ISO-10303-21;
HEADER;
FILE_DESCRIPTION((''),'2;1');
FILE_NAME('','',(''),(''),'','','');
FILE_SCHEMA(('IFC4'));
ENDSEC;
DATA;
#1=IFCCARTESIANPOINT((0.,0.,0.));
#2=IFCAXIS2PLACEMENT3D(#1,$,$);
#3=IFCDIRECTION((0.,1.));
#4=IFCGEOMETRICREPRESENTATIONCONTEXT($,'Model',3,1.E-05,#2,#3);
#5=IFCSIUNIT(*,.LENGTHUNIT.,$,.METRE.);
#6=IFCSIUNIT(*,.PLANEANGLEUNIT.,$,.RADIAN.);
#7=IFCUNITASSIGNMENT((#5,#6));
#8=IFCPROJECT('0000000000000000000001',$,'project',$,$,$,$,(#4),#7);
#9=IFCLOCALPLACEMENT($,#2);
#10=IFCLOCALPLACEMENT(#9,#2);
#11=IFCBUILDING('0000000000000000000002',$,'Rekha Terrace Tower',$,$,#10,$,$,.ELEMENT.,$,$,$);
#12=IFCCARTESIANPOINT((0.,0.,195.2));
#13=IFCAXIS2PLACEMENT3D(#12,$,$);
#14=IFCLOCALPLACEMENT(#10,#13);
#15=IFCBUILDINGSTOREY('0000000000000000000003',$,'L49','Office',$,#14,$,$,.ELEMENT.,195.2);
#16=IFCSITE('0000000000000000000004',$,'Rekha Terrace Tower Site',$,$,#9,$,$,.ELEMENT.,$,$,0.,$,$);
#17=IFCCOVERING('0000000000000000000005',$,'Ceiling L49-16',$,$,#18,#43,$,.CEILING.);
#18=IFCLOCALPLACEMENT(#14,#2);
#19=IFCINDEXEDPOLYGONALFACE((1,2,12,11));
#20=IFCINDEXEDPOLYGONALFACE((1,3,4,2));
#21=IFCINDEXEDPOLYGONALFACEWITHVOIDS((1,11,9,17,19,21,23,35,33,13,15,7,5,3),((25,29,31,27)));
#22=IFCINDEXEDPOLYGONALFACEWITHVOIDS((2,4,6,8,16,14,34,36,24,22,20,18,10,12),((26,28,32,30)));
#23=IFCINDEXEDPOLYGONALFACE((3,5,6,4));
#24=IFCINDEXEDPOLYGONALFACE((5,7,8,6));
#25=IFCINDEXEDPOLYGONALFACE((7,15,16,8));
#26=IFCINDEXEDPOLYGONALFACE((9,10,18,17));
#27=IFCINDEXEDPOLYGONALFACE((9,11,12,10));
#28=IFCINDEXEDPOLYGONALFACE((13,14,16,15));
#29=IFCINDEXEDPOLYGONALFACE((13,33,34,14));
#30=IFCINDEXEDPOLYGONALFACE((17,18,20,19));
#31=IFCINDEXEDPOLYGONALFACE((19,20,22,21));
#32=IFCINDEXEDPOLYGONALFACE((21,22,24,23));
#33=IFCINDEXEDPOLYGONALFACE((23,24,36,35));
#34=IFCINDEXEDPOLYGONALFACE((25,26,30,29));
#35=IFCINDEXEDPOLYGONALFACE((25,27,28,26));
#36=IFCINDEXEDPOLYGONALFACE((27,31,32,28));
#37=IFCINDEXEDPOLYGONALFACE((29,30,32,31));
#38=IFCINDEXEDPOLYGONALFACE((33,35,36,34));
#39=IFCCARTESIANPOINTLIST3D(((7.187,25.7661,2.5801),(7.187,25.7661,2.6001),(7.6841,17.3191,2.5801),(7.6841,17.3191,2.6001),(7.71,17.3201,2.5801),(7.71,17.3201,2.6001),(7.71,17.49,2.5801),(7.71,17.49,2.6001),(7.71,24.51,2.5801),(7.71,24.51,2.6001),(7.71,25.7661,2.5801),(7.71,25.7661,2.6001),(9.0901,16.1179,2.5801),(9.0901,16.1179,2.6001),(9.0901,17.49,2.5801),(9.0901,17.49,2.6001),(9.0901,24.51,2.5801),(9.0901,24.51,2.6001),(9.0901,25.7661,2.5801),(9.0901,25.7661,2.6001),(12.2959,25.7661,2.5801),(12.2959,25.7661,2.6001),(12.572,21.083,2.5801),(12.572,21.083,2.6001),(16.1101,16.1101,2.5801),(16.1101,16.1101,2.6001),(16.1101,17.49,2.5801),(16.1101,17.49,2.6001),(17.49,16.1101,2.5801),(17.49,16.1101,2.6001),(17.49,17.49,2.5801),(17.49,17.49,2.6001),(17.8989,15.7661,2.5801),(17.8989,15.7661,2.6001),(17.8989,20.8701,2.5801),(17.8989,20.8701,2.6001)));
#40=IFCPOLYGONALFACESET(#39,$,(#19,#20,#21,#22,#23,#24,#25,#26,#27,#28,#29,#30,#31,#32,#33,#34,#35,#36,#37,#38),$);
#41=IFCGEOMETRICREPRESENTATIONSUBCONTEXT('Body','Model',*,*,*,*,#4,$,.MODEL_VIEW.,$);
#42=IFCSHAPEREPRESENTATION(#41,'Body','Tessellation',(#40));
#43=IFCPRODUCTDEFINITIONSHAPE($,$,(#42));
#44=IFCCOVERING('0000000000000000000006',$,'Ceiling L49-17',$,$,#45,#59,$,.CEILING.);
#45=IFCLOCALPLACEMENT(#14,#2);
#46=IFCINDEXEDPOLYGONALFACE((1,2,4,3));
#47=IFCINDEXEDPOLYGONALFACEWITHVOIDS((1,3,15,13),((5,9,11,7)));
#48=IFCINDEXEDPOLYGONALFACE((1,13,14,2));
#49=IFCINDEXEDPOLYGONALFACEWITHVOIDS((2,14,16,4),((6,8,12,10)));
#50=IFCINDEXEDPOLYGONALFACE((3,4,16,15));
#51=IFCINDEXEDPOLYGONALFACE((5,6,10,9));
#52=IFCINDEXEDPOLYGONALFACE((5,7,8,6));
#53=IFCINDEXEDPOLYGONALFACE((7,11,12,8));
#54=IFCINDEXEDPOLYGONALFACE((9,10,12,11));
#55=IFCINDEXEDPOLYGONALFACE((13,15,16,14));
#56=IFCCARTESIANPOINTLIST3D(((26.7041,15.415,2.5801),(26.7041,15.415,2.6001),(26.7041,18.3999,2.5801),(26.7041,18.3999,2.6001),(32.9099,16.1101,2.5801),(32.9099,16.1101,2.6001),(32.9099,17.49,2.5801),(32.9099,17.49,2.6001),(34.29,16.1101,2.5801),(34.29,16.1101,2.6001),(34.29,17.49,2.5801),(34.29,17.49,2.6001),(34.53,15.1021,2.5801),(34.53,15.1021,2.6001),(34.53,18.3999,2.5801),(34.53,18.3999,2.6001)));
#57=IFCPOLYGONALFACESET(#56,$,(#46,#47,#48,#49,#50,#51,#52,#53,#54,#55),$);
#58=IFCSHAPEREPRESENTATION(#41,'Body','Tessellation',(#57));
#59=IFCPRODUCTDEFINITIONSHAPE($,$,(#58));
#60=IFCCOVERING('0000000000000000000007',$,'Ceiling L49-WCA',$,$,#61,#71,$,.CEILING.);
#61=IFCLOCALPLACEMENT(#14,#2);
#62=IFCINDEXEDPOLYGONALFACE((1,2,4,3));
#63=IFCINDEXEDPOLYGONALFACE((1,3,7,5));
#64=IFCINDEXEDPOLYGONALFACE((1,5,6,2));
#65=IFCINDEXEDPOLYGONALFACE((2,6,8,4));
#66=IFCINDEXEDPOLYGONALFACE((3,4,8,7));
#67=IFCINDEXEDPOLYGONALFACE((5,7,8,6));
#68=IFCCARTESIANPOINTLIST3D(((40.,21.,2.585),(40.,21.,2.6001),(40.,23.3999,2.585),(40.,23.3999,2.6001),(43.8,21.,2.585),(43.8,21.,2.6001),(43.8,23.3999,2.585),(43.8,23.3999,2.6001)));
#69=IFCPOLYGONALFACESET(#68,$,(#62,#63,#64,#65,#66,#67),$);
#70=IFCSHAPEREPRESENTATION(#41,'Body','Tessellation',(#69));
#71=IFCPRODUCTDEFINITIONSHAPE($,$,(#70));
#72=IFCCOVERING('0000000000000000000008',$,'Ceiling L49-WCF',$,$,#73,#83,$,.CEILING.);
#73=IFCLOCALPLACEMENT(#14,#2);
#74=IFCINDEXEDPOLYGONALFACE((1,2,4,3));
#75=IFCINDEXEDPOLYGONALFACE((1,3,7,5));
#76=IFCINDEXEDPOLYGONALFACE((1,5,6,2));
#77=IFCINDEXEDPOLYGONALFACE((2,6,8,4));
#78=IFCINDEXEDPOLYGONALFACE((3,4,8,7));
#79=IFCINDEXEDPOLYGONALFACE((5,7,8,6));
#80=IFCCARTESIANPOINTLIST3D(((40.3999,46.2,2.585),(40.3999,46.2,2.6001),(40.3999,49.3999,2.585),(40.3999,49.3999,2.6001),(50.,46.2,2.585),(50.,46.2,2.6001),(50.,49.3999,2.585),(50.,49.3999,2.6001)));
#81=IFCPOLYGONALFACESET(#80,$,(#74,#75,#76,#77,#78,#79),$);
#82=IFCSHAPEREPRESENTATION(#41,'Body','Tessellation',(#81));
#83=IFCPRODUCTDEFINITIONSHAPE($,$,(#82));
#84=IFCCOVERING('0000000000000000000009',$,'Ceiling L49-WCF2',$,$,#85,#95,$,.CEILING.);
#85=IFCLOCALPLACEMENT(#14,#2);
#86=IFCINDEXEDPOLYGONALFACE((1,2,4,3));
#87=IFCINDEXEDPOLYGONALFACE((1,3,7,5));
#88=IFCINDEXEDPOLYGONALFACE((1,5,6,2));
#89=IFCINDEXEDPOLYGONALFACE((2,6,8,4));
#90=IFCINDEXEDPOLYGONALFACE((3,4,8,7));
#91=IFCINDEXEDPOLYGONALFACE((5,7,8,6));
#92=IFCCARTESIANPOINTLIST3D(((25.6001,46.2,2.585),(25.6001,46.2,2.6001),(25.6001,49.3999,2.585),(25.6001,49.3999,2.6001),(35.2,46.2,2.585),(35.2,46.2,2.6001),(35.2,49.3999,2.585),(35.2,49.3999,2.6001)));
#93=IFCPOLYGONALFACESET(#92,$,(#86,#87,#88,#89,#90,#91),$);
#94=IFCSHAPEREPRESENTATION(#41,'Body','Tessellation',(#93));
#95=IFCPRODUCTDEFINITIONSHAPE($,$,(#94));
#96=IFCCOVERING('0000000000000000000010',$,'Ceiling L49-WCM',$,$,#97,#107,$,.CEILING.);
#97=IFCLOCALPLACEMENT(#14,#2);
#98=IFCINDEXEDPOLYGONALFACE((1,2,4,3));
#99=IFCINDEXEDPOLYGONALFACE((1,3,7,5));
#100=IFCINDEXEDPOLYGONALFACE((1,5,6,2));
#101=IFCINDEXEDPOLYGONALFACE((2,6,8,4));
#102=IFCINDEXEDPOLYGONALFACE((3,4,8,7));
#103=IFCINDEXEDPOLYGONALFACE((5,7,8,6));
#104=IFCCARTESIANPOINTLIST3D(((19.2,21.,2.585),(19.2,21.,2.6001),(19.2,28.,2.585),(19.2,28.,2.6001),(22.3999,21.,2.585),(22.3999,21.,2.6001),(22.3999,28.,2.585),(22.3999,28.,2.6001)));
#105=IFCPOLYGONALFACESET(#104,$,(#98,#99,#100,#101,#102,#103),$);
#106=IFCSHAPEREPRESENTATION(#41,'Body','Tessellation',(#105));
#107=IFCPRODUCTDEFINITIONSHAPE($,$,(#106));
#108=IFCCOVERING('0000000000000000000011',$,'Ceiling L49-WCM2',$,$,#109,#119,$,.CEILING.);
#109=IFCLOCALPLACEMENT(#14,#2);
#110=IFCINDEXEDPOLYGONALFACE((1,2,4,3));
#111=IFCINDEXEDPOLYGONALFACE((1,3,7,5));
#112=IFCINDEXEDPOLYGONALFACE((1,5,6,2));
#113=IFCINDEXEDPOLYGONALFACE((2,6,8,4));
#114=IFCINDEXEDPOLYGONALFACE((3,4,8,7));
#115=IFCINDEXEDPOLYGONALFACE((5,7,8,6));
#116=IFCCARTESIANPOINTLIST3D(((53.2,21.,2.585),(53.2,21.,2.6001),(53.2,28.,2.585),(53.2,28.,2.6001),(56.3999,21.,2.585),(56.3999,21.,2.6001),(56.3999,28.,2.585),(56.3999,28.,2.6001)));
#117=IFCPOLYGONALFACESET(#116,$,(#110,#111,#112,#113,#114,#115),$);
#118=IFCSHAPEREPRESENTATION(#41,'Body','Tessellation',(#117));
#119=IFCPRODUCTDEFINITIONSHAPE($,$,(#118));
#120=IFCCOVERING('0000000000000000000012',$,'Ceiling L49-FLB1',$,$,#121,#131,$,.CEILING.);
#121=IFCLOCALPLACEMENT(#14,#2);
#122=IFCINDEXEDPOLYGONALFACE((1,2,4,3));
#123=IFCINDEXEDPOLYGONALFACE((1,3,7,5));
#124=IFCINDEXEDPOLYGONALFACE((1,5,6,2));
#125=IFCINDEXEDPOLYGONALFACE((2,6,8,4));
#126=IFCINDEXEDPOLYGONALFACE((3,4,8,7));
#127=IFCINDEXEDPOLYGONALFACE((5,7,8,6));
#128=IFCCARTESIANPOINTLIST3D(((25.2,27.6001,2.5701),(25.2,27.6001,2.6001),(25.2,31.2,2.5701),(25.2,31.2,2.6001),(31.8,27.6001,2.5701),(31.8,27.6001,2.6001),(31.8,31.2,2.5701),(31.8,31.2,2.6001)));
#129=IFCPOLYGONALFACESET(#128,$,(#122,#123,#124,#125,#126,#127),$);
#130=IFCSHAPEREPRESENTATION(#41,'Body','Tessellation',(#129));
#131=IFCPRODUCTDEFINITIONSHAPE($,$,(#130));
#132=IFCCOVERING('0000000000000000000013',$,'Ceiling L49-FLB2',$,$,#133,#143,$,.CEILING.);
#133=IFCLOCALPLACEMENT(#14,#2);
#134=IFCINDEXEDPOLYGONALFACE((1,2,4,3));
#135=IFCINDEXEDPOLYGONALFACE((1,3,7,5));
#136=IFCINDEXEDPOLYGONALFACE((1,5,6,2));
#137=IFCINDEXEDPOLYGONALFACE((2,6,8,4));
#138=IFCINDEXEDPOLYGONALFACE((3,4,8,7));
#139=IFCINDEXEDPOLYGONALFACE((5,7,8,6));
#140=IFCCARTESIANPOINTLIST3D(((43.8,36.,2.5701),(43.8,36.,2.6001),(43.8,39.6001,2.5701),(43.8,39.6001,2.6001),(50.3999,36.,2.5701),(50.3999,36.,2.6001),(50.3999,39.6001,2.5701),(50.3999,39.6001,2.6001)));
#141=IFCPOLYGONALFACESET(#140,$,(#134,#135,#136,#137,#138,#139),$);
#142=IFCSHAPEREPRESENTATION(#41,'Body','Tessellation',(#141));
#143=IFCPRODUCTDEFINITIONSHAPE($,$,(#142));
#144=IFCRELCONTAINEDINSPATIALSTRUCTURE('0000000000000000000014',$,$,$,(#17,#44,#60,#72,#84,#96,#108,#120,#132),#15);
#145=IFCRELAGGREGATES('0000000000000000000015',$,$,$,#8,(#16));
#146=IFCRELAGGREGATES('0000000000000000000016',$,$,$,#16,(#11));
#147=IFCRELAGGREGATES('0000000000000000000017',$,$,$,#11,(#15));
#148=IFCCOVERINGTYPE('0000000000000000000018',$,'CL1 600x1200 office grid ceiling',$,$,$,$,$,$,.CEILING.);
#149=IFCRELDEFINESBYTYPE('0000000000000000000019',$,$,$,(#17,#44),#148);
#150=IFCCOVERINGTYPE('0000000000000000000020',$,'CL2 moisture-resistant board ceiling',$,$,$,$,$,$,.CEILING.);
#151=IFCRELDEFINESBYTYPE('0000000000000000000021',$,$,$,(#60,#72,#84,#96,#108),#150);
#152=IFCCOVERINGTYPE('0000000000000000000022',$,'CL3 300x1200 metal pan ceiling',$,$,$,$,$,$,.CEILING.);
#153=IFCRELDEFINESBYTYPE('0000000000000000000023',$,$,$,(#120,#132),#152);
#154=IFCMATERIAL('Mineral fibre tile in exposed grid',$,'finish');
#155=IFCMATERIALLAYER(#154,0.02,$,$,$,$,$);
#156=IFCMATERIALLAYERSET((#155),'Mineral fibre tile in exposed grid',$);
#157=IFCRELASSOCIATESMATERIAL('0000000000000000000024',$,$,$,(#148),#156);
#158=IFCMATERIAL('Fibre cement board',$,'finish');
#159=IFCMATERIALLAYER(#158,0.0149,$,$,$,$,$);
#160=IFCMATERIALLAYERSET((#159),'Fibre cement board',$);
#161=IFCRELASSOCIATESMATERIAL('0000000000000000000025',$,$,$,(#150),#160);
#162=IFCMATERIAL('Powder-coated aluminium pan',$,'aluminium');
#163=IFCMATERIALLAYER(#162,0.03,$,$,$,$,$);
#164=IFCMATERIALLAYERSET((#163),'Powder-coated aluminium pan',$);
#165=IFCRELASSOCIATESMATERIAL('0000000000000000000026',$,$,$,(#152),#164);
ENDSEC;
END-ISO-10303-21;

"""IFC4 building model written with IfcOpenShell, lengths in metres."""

from ifc_helpers import new_model, si_unit, direction, frame, origin, place, context, subcontext, project, spatial, polyline, outline, extrude, material, layer, layer_set, type_object, element, save


model = new_model("IFC4")

# Units and contexts
model_context = context("Model", 3, precision=1e-05, world=origin(), true_north=direction((0.0, 1.0)))
body_context = subcontext(model_context, "Body", "Model", "MODEL_VIEW")
ifc_project = project(units=[si_unit("LENGTHUNIT", "METRE"), si_unit("PLANEANGLEUNIT", "RADIAN")], contexts=[model_context])

# Site, building, storey
site_placement = place(None, origin())
site = spatial("IfcSite", under=ifc_project, at=site_placement, Name="Rekha Terrace Tower Site", CompositionType="ELEMENT", RefElevation=0.0)
building_placement = place(site_placement, origin())
building = spatial("IfcBuilding", under=site, at=building_placement, Name="Rekha Terrace Tower", CompositionType="ELEMENT")
storey_placement = place(building_placement, frame((0.0, 0.0, 195.2)))
storey = spatial("IfcBuildingStorey", under=building, at=storey_placement, Name="L49", Description="Office", CompositionType="ELEMENT", Elevation=195.2)

# Coverings
ifc_material_1 = material(Name="Mineral fibre tile in exposed grid", Category="finish")
ifc_layer_1 = layer(ifc_material_1, 0.02)
ifc_layer_set_1 = layer_set([ifc_layer_1], Name="Mineral fibre tile in exposed grid")
covering_type_1 = type_object("IfcCoveringType", Name="CL1 600x1200 office grid ceiling", PredefinedType="CEILING", material=ifc_layer_set_1)
covering_1_placement = place(storey_placement, frame((0.0, 0.0, 2.5801)))
element("IfcCovering", 1, at=covering_1_placement, inside=storey, type_object=covering_type_1, Name="Ceiling L49-16", PredefinedType="CEILING", context=body_context, shape_type="SweptSolid", body=[
    extrude(outline(polyline([(9.0901, 16.1179), (17.8989, 15.7661), (17.8989, 20.8701), (12.572, 21.083), (12.2959, 25.7661), (9.0901, 25.7661), (9.0901, 24.51), (7.71, 24.51), (7.71, 25.7661), (7.187, 25.7661), (7.6841, 17.3191), (7.71, 17.3201), (7.71, 17.49), (9.0901, 17.49), (9.0901, 16.1179)]), holes=[polyline([(17.49, 17.49), (17.49, 16.1101), (16.1101, 16.1101), (16.1101, 17.49), (17.49, 17.49)])]), origin(), (0.0, 0.0, 1.0), 0.02),
])
covering_2_placement = place(storey_placement, frame((0.0, 0.0, 2.5801)))
element("IfcCovering", 2, at=covering_2_placement, inside=storey, type_object=covering_type_1, Name="Ceiling L49-17", PredefinedType="CEILING", context=body_context, shape_type="SweptSolid", body=[
    extrude(outline(polyline([(34.53, 15.1021), (34.53, 18.3999), (26.7041, 18.3999), (26.7041, 15.415), (34.53, 15.1021)]), holes=[polyline([(34.29, 16.1101), (32.9099, 16.1101), (32.9099, 17.49), (34.29, 17.49), (34.29, 16.1101)])]), origin(), (0.0, 0.0, 1.0), 0.02),
])
ifc_material_2 = material(Name="Fibre cement board", Category="finish")
ifc_layer_2 = layer(ifc_material_2, 0.0149)
ifc_layer_set_2 = layer_set([ifc_layer_2], Name="Fibre cement board")
covering_type_2 = type_object("IfcCoveringType", Name="CL2 moisture-resistant board ceiling", PredefinedType="CEILING", material=ifc_layer_set_2)
covering_3_placement = place(storey_placement, frame((0.0, 0.0, 2.585)))
element("IfcCovering", 3, at=covering_3_placement, inside=storey, type_object=covering_type_2, Name="Ceiling L49-WCA", PredefinedType="CEILING", context=body_context, shape_type="SweptSolid", body=[
    extrude(outline(polyline([(43.8, 23.3999), (40.0, 23.3999), (40.0, 21.0), (43.8, 21.0), (43.8, 23.3999)])), origin(), (0.0, 0.0, 1.0), 0.0151),
])
covering_4_placement = place(storey_placement, frame((0.0, 0.0, 2.585)))
element("IfcCovering", 4, at=covering_4_placement, inside=storey, type_object=covering_type_2, Name="Ceiling L49-WCF", PredefinedType="CEILING", context=body_context, shape_type="SweptSolid", body=[
    extrude(outline(polyline([(50.0, 49.3999), (40.3999, 49.3999), (40.3999, 46.2), (50.0, 46.2), (50.0, 49.3999)])), origin(), (0.0, 0.0, 1.0), 0.0151),
])
covering_5_placement = place(storey_placement, frame((0.0, 0.0, 2.585)))
element("IfcCovering", 5, at=covering_5_placement, inside=storey, type_object=covering_type_2, Name="Ceiling L49-WCF2", PredefinedType="CEILING", context=body_context, shape_type="SweptSolid", body=[
    extrude(outline(polyline([(35.2, 49.3999), (25.6001, 49.3999), (25.6001, 46.2), (35.2, 46.2), (35.2, 49.3999)])), origin(), (0.0, 0.0, 1.0), 0.0151),
])
covering_6_placement = place(storey_placement, frame((0.0, 0.0, 2.585)))
element("IfcCovering", 6, at=covering_6_placement, inside=storey, type_object=covering_type_2, Name="Ceiling L49-WCM", PredefinedType="CEILING", context=body_context, shape_type="SweptSolid", body=[
    extrude(outline(polyline([(22.3999, 28.0), (19.2, 28.0), (19.2, 21.0), (22.3999, 21.0), (22.3999, 28.0)])), origin(), (0.0, 0.0, 1.0), 0.0151),
])
covering_7_placement = place(storey_placement, frame((0.0, 0.0, 2.585)))
element("IfcCovering", 7, at=covering_7_placement, inside=storey, type_object=covering_type_2, Name="Ceiling L49-WCM2", PredefinedType="CEILING", context=body_context, shape_type="SweptSolid", body=[
    extrude(outline(polyline([(56.3999, 28.0), (53.2, 28.0), (53.2, 21.0), (56.3999, 21.0), (56.3999, 28.0)])), origin(), (0.0, 0.0, 1.0), 0.0151),
])
ifc_material_3 = material(Name="Powder-coated aluminium pan", Category="aluminium")
ifc_layer_3 = layer(ifc_material_3, 0.03)
ifc_layer_set_3 = layer_set([ifc_layer_3], Name="Powder-coated aluminium pan")
covering_type_3 = type_object("IfcCoveringType", Name="CL3 300x1200 metal pan ceiling", PredefinedType="CEILING", material=ifc_layer_set_3)
covering_8_placement = place(storey_placement, frame((0.0, 0.0, 2.5701)))
element("IfcCovering", 8, at=covering_8_placement, inside=storey, type_object=covering_type_3, Name="Ceiling L49-FLB1", PredefinedType="CEILING", context=body_context, shape_type="SweptSolid", body=[
    extrude(outline(polyline([(31.8, 31.2), (25.2, 31.2), (25.2, 27.6001), (31.8, 27.6001), (31.8, 31.2)])), origin(), (0.0, 0.0, 1.0), 0.03),
])
covering_9_placement = place(storey_placement, frame((0.0, 0.0, 2.5701)))
element("IfcCovering", 9, at=covering_9_placement, inside=storey, type_object=covering_type_3, Name="Ceiling L49-FLB2", PredefinedType="CEILING", context=body_context, shape_type="SweptSolid", body=[
    extrude(outline(polyline([(50.3999, 39.6001), (43.8, 39.6001), (43.8, 36.0), (50.3999, 36.0), (50.3999, 39.6001)])), origin(), (0.0, 0.0, 1.0), 0.03),
])

save(model, "model.ifc")
